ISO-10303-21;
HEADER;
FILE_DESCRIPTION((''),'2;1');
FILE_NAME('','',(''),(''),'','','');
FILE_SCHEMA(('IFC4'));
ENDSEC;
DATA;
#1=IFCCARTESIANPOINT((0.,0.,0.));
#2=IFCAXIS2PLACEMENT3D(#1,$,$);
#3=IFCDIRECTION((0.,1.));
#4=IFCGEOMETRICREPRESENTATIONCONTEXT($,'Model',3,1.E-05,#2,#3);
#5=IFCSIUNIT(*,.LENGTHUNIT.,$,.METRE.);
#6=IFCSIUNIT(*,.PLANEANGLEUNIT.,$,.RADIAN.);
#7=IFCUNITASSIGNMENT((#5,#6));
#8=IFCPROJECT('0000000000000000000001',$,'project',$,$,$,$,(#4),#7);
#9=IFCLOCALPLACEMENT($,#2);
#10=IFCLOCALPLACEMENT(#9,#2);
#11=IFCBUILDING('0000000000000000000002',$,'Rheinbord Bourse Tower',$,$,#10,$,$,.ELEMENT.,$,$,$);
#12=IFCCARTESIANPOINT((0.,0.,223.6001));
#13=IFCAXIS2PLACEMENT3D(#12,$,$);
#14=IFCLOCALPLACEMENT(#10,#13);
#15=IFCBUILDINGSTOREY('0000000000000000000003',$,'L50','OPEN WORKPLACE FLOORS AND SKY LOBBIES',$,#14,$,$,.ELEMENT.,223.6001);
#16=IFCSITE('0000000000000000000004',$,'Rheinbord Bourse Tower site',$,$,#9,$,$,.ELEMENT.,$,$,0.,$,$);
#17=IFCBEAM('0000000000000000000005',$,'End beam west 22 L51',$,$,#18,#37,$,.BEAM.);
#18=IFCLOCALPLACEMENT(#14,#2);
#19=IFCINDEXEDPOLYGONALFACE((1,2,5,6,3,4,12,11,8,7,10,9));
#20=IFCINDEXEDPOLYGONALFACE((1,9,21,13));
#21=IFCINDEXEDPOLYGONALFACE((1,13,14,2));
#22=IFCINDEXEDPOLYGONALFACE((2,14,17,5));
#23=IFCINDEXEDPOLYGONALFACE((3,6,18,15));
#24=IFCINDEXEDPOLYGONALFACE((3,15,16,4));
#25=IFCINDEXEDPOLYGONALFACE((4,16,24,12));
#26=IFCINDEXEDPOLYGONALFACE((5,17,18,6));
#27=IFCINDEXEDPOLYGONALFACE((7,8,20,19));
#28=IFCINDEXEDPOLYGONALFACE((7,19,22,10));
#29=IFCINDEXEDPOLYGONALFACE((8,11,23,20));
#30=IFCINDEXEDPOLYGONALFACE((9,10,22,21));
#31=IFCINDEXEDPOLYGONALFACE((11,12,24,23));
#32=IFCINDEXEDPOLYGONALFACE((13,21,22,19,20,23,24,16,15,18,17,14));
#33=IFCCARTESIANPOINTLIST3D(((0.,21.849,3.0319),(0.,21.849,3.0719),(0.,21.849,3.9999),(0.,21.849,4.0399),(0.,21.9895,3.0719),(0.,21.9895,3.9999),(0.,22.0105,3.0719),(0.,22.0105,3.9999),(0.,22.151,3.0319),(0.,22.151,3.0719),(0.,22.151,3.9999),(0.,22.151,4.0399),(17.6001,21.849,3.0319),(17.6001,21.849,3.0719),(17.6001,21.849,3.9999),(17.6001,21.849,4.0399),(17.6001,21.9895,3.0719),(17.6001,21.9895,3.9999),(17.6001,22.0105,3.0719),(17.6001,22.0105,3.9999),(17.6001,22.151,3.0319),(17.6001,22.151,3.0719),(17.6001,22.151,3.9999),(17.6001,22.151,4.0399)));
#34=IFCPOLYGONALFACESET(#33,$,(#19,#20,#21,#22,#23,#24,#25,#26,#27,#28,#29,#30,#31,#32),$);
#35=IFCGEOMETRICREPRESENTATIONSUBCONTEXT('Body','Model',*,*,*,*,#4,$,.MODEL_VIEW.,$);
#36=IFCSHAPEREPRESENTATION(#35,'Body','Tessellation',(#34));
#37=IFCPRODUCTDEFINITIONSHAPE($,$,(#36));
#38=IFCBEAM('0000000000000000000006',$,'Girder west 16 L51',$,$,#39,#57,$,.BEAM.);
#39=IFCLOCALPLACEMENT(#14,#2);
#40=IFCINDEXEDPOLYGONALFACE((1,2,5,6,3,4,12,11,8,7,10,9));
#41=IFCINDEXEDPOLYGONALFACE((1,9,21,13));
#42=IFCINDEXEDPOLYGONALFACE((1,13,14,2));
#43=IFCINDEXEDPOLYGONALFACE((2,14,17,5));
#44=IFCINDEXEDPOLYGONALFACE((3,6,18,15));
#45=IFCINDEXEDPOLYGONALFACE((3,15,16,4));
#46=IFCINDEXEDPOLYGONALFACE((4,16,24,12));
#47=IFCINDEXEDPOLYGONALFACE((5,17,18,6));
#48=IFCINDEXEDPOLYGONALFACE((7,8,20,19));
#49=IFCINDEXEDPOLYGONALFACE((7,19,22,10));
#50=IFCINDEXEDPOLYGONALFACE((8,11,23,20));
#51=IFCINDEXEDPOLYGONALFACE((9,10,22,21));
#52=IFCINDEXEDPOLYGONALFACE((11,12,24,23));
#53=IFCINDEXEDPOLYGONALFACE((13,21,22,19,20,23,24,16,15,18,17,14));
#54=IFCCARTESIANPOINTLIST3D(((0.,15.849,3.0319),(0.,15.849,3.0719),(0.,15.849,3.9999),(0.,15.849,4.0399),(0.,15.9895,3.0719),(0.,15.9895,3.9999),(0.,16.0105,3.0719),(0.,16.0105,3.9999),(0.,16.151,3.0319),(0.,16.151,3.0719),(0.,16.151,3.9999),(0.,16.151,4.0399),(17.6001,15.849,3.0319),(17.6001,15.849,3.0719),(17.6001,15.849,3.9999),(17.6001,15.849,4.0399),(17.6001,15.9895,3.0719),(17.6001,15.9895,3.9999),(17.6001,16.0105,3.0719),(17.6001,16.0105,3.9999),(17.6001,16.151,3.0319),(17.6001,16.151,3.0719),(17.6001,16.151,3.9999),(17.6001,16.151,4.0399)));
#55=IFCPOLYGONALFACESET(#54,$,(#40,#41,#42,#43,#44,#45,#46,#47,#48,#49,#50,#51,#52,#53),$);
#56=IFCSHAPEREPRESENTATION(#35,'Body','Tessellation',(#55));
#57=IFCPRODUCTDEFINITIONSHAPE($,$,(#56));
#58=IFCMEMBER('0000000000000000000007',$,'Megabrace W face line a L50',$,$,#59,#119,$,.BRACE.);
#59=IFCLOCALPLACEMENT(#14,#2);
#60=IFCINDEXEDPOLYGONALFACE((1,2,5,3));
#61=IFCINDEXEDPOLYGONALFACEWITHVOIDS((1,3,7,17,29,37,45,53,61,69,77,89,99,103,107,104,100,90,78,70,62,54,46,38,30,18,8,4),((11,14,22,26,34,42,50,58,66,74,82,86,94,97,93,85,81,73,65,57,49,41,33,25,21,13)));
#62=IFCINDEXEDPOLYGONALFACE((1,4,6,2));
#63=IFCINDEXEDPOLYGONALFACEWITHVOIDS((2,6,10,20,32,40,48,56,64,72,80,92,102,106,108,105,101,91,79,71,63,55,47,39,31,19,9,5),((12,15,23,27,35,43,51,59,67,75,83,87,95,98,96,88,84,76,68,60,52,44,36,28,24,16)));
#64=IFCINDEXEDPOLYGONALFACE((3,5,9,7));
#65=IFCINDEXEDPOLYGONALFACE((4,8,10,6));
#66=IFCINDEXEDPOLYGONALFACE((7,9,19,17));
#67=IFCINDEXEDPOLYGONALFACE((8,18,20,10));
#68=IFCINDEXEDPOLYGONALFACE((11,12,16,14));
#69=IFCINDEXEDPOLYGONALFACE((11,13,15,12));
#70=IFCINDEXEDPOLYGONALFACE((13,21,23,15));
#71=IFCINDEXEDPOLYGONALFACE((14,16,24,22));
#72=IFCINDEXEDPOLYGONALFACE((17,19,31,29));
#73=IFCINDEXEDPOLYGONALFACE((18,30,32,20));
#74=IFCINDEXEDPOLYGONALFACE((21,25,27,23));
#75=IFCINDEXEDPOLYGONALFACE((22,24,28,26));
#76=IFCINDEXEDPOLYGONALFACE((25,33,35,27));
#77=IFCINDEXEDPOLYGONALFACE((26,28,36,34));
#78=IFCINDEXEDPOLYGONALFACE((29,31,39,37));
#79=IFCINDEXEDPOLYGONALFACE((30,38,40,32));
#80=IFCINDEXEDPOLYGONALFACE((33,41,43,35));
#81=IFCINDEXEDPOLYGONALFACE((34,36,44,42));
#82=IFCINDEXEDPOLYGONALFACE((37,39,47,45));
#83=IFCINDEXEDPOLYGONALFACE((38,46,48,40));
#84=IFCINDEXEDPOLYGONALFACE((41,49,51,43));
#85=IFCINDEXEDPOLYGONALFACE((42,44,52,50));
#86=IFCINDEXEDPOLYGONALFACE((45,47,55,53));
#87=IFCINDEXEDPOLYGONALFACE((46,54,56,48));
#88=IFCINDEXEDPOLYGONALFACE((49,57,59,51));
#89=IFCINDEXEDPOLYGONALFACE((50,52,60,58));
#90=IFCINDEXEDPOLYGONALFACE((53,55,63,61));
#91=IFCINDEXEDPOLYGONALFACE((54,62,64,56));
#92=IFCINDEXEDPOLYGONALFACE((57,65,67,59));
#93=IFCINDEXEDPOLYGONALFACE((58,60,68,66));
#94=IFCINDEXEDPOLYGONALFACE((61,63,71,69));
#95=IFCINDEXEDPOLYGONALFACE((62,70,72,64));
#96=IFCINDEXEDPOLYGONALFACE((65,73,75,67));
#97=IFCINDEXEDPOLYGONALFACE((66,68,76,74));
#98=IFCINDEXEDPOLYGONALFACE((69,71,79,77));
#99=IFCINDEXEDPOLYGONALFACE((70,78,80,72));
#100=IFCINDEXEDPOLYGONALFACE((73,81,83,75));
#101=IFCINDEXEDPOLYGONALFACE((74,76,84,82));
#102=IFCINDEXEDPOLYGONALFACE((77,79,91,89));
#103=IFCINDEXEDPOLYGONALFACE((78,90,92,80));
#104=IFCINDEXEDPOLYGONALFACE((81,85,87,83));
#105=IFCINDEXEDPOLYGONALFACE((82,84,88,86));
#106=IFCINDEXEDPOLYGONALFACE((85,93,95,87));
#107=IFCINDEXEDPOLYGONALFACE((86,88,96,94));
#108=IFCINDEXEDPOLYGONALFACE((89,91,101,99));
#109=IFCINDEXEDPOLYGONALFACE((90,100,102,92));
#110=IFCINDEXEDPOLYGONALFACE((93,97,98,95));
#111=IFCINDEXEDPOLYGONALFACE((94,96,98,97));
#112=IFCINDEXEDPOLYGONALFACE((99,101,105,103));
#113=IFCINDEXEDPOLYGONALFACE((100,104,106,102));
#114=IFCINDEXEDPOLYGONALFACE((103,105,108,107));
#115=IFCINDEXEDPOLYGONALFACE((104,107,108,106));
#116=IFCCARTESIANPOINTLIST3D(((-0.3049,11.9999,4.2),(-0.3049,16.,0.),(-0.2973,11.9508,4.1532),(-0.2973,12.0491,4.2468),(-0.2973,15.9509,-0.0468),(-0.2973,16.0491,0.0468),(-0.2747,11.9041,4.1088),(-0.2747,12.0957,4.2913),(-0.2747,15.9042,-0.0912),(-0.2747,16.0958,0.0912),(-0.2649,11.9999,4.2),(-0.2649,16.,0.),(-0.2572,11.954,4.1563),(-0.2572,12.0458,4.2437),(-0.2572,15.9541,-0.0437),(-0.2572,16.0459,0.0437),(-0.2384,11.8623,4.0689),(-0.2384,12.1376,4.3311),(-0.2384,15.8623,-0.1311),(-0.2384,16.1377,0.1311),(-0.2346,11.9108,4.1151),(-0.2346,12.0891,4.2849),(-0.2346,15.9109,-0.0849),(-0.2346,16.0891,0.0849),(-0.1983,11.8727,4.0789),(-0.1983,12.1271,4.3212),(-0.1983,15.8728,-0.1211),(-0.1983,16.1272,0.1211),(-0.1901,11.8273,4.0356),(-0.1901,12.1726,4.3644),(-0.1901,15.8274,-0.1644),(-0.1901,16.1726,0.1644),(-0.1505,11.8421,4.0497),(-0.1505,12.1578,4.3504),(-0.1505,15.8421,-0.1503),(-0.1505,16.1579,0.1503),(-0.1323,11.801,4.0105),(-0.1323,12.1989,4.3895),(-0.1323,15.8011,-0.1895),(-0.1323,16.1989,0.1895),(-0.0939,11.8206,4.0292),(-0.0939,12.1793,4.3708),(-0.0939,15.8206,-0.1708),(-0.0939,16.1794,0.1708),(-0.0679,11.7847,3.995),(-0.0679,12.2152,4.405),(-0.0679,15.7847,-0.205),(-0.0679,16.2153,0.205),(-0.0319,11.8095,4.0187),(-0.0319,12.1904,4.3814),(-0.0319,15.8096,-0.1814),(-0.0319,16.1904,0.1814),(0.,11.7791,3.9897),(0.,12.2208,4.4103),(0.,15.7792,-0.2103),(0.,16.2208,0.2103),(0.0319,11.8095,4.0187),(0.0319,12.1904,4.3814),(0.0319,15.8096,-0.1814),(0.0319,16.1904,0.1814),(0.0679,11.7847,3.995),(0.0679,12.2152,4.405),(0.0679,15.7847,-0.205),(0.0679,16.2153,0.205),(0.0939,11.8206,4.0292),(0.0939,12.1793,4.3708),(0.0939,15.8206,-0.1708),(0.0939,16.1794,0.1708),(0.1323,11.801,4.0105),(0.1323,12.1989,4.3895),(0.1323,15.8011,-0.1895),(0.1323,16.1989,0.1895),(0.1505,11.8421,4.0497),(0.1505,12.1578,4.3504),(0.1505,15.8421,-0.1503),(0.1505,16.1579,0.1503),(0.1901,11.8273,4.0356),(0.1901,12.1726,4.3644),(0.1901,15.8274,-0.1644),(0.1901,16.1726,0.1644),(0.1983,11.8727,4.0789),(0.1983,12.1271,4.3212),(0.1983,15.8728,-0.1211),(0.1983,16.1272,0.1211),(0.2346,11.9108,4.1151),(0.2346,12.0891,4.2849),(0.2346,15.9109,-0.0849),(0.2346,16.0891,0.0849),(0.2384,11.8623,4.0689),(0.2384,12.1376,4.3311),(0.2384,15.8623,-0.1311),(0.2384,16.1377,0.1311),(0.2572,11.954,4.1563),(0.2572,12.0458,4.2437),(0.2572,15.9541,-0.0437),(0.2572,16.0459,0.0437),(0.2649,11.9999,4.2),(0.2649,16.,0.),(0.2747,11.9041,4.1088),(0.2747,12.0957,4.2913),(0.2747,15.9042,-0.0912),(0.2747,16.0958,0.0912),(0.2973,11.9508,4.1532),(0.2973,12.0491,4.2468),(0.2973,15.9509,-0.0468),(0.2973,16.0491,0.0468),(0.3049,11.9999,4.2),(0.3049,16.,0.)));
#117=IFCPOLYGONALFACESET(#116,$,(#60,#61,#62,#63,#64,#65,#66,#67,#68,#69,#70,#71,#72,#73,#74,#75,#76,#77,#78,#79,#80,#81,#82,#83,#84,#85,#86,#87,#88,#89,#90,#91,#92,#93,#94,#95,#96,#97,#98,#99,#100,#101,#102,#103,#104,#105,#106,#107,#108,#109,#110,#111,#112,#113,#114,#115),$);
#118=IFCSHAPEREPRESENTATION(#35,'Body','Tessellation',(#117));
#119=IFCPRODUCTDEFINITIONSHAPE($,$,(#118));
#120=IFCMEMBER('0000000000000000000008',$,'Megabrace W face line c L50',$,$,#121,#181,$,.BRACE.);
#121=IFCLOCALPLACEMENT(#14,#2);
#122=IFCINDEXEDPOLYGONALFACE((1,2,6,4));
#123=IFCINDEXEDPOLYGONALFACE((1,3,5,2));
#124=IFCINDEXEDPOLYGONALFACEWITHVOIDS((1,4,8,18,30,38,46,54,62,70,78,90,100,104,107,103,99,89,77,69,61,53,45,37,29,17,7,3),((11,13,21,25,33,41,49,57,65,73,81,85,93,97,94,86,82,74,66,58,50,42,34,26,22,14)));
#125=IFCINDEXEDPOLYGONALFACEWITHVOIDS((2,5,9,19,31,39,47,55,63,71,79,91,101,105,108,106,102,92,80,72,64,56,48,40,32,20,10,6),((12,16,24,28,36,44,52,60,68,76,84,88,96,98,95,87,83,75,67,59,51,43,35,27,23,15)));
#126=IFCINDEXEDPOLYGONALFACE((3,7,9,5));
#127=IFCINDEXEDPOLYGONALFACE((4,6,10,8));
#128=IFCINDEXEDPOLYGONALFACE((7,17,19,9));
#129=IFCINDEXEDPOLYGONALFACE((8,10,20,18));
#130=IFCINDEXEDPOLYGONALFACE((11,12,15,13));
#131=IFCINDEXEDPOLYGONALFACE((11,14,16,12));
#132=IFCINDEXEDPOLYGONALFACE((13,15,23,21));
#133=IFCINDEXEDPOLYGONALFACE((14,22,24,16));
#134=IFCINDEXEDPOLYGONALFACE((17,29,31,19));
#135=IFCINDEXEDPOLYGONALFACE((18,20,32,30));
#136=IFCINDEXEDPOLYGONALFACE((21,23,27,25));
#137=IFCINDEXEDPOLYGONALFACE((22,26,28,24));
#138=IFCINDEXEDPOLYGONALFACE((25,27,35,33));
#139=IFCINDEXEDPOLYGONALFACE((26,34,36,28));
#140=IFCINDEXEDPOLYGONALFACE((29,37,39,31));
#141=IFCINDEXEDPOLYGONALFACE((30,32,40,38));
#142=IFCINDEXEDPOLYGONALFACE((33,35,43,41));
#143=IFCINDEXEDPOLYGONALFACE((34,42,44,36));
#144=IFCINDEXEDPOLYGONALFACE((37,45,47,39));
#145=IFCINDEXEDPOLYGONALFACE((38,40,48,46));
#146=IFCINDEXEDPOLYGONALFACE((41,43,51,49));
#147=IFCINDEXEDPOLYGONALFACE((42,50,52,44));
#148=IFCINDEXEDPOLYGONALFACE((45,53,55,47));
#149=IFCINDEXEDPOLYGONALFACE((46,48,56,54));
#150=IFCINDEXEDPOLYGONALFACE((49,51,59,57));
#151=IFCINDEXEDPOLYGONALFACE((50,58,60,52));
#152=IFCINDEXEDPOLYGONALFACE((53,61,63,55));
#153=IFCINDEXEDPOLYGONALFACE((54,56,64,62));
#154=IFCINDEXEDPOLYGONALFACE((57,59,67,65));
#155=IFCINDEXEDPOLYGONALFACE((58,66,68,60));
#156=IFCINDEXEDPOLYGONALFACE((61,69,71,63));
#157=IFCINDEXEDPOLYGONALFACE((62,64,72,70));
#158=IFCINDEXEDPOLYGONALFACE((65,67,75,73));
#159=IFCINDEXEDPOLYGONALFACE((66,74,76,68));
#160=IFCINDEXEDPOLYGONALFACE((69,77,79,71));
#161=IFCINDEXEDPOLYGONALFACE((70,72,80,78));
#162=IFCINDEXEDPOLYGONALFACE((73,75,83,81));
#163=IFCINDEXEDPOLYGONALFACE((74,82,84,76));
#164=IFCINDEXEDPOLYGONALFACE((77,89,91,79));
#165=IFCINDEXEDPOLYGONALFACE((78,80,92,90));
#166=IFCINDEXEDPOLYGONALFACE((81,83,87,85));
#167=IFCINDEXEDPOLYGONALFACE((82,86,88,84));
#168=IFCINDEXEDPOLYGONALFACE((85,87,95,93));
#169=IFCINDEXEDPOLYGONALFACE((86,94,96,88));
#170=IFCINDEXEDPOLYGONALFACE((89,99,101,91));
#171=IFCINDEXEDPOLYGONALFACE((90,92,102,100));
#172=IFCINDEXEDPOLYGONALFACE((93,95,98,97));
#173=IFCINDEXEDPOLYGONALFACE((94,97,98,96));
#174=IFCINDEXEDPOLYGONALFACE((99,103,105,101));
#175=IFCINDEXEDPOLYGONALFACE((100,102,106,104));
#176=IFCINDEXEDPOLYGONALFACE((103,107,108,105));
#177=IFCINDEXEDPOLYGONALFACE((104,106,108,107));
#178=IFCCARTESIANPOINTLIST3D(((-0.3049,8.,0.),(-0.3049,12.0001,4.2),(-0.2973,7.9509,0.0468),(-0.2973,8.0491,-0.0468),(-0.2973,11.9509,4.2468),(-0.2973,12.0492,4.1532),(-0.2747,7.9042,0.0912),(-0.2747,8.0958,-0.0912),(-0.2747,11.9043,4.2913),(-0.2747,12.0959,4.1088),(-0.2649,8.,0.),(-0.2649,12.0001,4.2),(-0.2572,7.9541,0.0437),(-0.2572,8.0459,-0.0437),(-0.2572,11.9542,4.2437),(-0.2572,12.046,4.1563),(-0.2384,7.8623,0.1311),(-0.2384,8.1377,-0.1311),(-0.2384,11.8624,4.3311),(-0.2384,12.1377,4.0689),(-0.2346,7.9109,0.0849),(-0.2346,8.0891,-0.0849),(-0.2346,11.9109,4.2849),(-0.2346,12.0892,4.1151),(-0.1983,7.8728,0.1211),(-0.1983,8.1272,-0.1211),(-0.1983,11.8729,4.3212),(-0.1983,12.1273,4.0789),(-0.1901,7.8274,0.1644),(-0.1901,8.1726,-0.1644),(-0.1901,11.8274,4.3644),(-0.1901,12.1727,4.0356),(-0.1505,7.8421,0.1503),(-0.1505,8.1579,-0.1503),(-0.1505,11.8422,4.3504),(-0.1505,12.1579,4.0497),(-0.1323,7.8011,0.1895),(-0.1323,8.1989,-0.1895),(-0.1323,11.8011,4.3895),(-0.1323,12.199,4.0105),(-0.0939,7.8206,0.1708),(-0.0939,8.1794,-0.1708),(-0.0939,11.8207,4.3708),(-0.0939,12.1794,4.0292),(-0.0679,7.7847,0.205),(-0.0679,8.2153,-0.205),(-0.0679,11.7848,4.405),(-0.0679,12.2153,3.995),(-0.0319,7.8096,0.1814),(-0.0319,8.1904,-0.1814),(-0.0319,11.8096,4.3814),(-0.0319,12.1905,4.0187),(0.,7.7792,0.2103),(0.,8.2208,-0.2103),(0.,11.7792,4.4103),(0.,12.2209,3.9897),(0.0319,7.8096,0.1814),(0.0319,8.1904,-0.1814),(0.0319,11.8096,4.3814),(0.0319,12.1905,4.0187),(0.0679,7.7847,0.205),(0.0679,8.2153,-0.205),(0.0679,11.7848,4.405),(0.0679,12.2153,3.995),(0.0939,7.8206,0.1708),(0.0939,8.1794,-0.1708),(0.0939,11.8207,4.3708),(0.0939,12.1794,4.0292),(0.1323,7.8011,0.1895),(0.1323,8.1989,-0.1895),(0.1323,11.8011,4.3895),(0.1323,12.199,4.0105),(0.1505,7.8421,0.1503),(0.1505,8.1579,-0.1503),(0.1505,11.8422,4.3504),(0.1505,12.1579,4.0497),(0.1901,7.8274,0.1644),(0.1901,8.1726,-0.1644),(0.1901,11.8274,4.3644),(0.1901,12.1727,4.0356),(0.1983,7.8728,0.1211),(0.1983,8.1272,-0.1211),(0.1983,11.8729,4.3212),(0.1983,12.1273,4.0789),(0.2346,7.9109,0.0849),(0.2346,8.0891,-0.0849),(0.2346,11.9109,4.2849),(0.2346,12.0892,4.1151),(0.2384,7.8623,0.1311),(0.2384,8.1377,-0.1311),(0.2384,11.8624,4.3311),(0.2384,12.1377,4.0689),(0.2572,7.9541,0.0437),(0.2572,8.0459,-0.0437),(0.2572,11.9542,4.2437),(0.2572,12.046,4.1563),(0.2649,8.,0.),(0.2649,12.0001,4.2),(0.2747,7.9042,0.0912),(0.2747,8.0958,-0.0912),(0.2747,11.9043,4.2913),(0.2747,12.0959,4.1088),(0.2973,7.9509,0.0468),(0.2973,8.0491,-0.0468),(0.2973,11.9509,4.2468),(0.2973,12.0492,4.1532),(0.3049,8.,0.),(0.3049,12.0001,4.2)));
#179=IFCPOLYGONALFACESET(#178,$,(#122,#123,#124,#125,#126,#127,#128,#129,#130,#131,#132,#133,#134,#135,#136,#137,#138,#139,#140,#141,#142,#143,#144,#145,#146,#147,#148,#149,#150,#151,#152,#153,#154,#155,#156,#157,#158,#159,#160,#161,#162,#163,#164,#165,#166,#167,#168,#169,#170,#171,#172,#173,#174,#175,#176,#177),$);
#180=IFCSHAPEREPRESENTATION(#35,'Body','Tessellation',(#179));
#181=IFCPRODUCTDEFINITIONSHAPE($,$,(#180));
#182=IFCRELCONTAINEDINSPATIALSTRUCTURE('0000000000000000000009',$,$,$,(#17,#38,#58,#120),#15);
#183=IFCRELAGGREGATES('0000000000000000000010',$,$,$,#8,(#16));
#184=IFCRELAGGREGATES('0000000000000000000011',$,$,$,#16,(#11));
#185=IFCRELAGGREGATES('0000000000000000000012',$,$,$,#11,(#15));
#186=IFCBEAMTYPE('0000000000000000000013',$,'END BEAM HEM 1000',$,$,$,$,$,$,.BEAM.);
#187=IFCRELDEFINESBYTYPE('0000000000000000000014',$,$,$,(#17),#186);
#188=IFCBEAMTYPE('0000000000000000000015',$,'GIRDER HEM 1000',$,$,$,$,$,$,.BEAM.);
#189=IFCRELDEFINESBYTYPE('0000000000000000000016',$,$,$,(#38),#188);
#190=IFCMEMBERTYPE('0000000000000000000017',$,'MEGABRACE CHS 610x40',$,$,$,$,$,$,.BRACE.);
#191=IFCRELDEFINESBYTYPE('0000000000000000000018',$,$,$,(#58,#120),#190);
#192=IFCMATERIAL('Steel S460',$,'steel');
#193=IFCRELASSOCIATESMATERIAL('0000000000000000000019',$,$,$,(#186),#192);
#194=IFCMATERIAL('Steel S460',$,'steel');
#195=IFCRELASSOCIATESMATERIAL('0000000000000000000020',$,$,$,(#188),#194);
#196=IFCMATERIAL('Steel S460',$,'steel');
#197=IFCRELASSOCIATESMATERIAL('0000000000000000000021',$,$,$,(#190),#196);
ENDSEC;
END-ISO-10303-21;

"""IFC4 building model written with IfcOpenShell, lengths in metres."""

from ifc_helpers import new_model, si_unit, direction, frame, origin, origin_2d, place, context, subcontext, project, spatial, hollow_circle, i_section, extrude, material, material_profile, profile_set, type_object, element, save


model = new_model("IFC4")

# Units and contexts
model_context = context("Model", 3, precision=1e-05, world=origin(), true_north=direction((0.0, 1.0)))
body_context = subcontext(model_context, "Body", "Model", "MODEL_VIEW")
ifc_project = project(units=[si_unit("LENGTHUNIT", "METRE"), si_unit("PLANEANGLEUNIT", "RADIAN")], contexts=[model_context])

# Site, building, storey
site_placement = place(None, origin())
site = spatial("IfcSite", under=ifc_project, at=site_placement, Name="Rheinbord Bourse Tower site", CompositionType="ELEMENT", RefElevation=0.0)
building_placement = place(site_placement, origin())
building = spatial("IfcBuilding", under=site, at=building_placement, Name="Rheinbord Bourse Tower", CompositionType="ELEMENT")
storey_placement = place(building_placement, frame((0.0, 0.0, 223.6001)))
storey = spatial("IfcBuildingStorey", under=building, at=storey_placement, Name="L50", Description="OPEN WORKPLACE FLOORS AND SKY LOBBIES", CompositionType="ELEMENT", Elevation=223.6001)

# Beams
ifc_material_1 = material(Name="Steel S460", Category="steel")
ifc_material_profile_1 = material_profile(ifc_material_1, i_section(OverallWidth=0.302, OverallDepth=1.0081, WebThickness=0.021, FlangeThickness=0.04, at=origin_2d()), Name="HEM 1000")
ifc_profile_set_1 = profile_set([ifc_material_profile_1], Name="Steel S460")
beam_type_1 = type_object("IfcBeamType", Name="END BEAM HEM 1000", PredefinedType="BEAM", material=ifc_profile_set_1)
for number, where, z_axis, x_axis, name in (
    (1, (0.0, 22.0, 3.5359), (1.0, 0.0, 0.0), (0.0, 1.0, 0.0), "End beam west 22 L51"),
):
    element("IfcBeam", number, at=place(storey_placement, frame(where, z_axis=z_axis, x_axis=x_axis)), inside=storey, type_object=beam_type_1, Name=name, PredefinedType="BEAM", context=body_context, shape_type="SweptSolid", body=[
        extrude(i_section(OverallWidth=0.302, OverallDepth=1.0081, WebThickness=0.021, FlangeThickness=0.04, at=origin_2d()), origin(), (0.0, 0.0, 1.0), 17.6001),
    ])
ifc_material_2 = material(Name="Steel S460", Category="steel")
ifc_material_profile_2 = material_profile(ifc_material_2, i_section(OverallWidth=0.302, OverallDepth=1.0081, WebThickness=0.021, FlangeThickness=0.04, at=origin_2d()), Name="HEM 1000")
ifc_profile_set_2 = profile_set([ifc_material_profile_2], Name="Steel S460")
beam_type_2 = type_object("IfcBeamType", Name="GIRDER HEM 1000", PredefinedType="BEAM", material=ifc_profile_set_2)
beam_1_placement = place(storey_placement, frame((0.0, 16.0, 3.5359), z_axis=(1.0, 0.0, 0.0), x_axis=(0.0, 1.0, 0.0)))
element("IfcBeam", 2, at=beam_1_placement, inside=storey, type_object=beam_type_2, Name="Girder west 16 L51", PredefinedType="BEAM", context=body_context, shape_type="SweptSolid", body=[
    extrude(i_section(OverallWidth=0.302, OverallDepth=1.0081, WebThickness=0.021, FlangeThickness=0.04, at=origin_2d()), origin(), (0.0, 0.0, 1.0), 17.6001),
])

# Members
ifc_material_3 = material(Name="Steel S460", Category="steel")
ifc_material_profile_3 = material_profile(ifc_material_3, hollow_circle(Radius=0.3049, WallThickness=0.04, at=origin_2d()), Name="CHS 610x40")
ifc_profile_set_3 = profile_set([ifc_material_profile_3], Name="Steel S460")
member_type_1 = type_object("IfcMemberType", Name="MEGABRACE CHS 610x40", PredefinedType="BRACE", material=ifc_profile_set_3)
for number, where, z_axis, x_axis, name in (
    (3, (0.0, 16.0, 0.0), (0.0, -0.689659, 0.724134), (1.0, 0.0, 0.0), "Megabrace W face line a L50"),
    (4, (0.0, 8.0, 0.0), (0.0, 0.689659, 0.724134), (-1.0, 0.0, 0.0), "Megabrace W face line c L50"),
):
    element("IfcMember", number, at=place(storey_placement, frame(where, z_axis=z_axis, x_axis=x_axis)), inside=storey, type_object=member_type_1, Name=name, PredefinedType="BRACE", context=body_context, shape_type="SweptSolid", body=[
        extrude(hollow_circle(Radius=0.3049, WallThickness=0.04, at=origin_2d()), origin(), (0.0, 0.0, 1.0), 5.8),
    ])

save(model, "model.ifc")
